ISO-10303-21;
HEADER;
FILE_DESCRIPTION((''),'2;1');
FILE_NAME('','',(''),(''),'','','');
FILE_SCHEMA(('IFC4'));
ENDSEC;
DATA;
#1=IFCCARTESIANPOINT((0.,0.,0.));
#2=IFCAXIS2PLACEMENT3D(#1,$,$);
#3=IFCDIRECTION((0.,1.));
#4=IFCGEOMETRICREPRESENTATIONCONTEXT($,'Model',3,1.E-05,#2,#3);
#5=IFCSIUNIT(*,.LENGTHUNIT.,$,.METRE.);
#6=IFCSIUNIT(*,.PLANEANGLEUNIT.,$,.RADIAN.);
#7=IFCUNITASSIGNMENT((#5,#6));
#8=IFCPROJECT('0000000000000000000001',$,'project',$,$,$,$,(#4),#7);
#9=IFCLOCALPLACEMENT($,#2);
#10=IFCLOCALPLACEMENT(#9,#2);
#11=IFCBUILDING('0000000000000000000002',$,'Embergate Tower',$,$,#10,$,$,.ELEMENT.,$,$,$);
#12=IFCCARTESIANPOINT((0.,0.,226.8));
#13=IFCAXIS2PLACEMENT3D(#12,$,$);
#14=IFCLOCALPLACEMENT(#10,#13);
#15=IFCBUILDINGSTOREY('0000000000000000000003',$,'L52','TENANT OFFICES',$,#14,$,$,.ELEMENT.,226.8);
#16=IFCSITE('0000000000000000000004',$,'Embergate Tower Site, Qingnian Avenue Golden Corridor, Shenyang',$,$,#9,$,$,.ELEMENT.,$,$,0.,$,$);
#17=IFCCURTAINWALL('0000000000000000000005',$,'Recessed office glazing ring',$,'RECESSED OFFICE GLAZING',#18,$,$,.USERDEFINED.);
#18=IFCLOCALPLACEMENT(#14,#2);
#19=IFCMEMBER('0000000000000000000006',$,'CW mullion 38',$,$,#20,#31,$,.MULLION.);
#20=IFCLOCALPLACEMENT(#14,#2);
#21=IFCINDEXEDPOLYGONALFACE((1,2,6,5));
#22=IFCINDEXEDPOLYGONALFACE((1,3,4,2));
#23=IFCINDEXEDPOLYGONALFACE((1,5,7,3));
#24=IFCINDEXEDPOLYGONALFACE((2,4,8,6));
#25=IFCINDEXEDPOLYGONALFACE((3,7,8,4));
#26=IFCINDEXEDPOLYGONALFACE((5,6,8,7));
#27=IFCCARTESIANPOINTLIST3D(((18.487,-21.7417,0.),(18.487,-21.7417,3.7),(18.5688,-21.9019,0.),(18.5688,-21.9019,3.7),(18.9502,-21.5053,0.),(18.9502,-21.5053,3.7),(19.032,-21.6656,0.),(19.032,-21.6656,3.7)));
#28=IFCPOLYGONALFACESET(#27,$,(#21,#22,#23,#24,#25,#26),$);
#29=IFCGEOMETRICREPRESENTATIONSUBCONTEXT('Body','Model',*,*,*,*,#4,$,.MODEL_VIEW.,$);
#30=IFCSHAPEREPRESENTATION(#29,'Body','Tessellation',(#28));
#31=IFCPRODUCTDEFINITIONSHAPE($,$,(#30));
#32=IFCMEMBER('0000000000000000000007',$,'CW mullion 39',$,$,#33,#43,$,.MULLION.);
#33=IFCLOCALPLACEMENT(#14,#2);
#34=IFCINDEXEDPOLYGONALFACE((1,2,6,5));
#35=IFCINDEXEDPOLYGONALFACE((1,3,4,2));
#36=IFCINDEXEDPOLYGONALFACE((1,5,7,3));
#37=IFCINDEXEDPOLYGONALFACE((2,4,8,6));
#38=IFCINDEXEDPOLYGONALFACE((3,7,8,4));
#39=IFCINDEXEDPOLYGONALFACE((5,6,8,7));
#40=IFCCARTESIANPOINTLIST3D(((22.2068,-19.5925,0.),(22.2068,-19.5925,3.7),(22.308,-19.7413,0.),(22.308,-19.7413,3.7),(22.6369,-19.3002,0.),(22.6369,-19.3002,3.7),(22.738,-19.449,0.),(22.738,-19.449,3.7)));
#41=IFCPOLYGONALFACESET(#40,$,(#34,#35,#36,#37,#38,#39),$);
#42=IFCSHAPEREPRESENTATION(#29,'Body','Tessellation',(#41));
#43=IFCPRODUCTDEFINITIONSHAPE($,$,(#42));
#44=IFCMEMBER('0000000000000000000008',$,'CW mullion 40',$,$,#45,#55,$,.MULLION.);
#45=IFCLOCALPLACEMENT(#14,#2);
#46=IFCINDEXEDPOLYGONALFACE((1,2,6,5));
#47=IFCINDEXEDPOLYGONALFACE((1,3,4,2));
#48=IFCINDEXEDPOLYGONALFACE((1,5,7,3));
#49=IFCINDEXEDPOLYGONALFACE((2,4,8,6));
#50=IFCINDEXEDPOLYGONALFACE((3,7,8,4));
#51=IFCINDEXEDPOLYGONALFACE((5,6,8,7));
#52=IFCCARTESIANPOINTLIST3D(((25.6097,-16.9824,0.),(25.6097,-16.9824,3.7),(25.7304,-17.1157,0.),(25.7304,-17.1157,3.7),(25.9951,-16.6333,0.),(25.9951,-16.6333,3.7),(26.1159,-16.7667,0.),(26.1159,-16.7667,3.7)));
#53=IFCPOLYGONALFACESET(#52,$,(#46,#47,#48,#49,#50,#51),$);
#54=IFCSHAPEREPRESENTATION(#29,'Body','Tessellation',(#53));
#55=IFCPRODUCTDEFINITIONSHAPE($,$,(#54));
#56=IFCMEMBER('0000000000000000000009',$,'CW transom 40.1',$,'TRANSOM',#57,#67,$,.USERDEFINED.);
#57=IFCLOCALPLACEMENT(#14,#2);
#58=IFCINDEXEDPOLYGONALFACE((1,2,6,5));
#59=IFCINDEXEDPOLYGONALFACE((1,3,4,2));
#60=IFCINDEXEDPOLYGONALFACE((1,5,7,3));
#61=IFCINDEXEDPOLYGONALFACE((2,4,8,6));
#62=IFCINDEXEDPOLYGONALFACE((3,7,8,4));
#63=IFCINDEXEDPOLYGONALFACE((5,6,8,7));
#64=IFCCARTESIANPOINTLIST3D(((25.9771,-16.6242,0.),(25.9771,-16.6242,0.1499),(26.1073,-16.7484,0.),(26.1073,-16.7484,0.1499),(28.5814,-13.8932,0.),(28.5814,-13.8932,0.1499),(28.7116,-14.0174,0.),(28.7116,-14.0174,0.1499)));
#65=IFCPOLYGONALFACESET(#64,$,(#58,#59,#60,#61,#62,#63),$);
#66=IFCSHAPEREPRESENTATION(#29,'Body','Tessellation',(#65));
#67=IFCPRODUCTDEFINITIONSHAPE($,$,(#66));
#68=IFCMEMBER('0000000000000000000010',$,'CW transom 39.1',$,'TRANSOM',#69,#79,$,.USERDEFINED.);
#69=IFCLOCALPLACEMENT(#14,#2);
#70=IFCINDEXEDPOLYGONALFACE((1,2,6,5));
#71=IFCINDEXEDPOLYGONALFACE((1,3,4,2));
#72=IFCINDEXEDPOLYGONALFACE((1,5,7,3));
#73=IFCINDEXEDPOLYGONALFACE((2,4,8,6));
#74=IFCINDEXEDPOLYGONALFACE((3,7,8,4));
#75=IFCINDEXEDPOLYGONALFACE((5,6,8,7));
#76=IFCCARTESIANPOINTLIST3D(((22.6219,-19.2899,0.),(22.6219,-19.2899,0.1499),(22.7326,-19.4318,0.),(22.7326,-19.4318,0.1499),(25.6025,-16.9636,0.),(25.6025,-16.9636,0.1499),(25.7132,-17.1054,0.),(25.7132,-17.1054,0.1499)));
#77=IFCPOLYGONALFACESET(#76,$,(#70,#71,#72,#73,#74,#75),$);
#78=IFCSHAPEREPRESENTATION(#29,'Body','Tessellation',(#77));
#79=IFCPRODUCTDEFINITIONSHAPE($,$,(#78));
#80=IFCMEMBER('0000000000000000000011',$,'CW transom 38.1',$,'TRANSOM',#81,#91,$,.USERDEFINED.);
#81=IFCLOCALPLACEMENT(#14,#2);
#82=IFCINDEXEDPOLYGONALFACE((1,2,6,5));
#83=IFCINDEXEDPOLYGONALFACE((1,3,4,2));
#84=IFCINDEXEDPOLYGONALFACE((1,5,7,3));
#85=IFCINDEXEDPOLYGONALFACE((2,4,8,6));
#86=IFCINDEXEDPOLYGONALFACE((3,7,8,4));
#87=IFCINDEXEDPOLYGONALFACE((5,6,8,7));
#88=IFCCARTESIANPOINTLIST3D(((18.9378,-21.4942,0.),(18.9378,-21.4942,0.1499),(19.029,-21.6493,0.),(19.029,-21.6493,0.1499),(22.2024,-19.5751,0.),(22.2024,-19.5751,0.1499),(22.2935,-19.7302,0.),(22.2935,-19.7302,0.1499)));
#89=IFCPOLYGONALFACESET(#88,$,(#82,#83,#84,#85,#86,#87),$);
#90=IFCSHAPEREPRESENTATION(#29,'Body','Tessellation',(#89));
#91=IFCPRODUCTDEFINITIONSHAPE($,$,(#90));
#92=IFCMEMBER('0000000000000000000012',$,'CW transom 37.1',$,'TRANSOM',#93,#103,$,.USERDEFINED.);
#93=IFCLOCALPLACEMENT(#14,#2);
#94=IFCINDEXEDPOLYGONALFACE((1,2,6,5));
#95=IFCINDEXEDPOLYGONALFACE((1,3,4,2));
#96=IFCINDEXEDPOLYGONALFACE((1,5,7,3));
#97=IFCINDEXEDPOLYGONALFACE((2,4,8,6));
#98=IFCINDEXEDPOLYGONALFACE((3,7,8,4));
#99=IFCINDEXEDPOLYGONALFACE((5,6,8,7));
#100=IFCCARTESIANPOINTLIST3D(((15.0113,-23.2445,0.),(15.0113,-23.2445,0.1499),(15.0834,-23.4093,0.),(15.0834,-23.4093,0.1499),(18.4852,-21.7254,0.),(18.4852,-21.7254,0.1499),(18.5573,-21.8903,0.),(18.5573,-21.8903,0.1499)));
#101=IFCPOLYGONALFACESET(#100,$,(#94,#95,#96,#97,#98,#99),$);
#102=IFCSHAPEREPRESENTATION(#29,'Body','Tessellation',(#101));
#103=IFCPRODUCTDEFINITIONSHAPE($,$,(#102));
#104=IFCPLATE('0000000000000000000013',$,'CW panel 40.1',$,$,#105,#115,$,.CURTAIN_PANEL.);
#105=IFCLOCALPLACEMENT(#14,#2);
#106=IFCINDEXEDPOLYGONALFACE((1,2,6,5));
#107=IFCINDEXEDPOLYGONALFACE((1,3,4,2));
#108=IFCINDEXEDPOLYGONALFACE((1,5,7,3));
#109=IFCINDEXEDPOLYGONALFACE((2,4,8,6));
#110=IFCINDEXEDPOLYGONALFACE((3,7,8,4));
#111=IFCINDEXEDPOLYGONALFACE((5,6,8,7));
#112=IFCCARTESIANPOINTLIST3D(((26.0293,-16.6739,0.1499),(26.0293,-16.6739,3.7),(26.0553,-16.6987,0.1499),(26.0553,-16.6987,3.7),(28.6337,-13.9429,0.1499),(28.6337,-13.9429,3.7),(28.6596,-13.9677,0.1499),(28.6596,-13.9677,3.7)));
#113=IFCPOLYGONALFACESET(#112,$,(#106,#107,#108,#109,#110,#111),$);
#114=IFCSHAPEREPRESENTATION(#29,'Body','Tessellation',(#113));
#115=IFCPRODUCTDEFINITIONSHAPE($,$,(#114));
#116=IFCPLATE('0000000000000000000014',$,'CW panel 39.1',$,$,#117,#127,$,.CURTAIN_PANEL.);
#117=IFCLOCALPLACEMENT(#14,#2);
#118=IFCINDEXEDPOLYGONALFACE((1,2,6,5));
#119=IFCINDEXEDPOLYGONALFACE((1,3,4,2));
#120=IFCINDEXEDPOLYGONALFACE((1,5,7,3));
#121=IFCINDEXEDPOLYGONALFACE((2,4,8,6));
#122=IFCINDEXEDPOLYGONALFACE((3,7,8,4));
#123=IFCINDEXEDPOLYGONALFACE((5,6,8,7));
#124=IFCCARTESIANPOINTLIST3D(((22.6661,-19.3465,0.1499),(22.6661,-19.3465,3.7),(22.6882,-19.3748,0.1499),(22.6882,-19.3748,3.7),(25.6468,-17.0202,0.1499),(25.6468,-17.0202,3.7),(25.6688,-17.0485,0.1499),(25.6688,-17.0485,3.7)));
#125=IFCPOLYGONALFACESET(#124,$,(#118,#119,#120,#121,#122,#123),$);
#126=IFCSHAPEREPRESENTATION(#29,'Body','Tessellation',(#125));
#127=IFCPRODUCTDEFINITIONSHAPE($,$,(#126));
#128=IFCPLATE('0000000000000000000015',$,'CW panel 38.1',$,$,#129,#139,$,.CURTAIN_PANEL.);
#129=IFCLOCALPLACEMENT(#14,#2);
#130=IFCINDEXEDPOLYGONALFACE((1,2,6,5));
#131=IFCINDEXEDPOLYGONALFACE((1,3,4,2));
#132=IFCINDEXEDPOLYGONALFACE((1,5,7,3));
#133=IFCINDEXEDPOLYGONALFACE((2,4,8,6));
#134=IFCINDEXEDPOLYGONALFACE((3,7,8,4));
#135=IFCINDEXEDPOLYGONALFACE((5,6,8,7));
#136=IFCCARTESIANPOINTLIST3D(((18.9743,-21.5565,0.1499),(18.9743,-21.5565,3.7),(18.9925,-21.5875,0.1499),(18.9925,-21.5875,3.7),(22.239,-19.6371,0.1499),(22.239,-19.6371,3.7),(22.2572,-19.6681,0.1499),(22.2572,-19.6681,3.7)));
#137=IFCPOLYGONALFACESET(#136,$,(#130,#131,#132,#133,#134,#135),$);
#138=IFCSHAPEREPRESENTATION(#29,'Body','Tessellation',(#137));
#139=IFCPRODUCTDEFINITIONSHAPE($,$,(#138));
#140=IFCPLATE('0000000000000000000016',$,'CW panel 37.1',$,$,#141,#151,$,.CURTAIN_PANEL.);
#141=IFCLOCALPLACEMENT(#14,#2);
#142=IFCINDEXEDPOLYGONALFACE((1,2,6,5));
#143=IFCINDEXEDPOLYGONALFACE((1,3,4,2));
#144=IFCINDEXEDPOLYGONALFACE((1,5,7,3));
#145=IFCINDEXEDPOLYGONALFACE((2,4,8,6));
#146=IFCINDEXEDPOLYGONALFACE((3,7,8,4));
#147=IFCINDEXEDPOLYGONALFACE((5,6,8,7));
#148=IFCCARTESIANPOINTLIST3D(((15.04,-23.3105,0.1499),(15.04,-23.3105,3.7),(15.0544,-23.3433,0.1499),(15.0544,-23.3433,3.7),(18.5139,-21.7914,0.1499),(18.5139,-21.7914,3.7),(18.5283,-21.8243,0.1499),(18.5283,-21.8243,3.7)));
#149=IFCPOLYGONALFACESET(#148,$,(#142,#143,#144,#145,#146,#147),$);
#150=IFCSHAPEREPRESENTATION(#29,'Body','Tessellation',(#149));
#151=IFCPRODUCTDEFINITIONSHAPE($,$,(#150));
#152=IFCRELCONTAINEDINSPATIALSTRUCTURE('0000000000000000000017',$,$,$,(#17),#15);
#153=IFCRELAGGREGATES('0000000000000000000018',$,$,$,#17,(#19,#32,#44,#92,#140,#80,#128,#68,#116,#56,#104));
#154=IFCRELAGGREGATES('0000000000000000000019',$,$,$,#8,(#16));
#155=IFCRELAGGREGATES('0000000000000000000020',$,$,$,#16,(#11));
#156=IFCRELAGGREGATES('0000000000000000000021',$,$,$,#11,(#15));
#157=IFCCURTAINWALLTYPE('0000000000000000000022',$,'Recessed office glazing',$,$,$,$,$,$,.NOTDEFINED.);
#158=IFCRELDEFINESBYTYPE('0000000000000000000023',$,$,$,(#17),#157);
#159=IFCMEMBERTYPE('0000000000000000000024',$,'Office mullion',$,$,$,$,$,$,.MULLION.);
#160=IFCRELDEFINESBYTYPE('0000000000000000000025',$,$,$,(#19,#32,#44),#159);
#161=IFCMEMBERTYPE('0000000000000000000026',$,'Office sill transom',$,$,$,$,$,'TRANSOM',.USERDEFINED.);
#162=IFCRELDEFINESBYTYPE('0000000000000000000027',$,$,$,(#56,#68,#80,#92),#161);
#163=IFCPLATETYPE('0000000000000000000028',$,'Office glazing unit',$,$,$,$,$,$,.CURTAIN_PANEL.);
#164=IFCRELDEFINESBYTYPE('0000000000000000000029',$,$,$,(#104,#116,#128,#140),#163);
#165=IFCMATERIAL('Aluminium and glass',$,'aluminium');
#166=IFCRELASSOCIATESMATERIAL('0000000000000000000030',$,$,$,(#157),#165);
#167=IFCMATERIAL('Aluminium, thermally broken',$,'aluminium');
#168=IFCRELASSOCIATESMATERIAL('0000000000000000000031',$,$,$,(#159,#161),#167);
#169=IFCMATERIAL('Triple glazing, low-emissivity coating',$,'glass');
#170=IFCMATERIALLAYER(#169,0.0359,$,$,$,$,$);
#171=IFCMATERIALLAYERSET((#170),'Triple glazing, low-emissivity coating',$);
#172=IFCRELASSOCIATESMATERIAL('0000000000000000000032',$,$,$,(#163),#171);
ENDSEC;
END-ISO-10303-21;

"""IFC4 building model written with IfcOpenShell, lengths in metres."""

from ifc_helpers import new_model, si_unit, direction, frame, origin, origin_2d, place, context, subcontext, project, spatial, rectangle, extrude, source, transform, mapped, material, layer, layer_set, material_profile, profile_set, type_object, element, aggregate, save


model = new_model("IFC4")

# Units and contexts
model_context = context("Model", 3, precision=1e-05, world=origin(), true_north=direction((0.0, 1.0)))
body_context = subcontext(model_context, "Body", "Model", "MODEL_VIEW")
ifc_project = project(units=[si_unit("LENGTHUNIT", "METRE"), si_unit("PLANEANGLEUNIT", "RADIAN")], contexts=[model_context])

# Site, building, storey
site_placement = place(None, origin())
site = spatial("IfcSite", under=ifc_project, at=site_placement, Name="Embergate Tower Site, Qingnian Avenue Golden Corridor, Shenyang", CompositionType="ELEMENT", RefElevation=0.0)
building_placement = place(site_placement, origin())
building = spatial("IfcBuilding", under=site, at=building_placement, Name="Embergate Tower", CompositionType="ELEMENT")
storey_placement = place(building_placement, frame((0.0, 0.0, 226.8)))
storey = spatial("IfcBuildingStorey", under=building, at=storey_placement, Name="L52", Description="TENANT OFFICES", CompositionType="ELEMENT", Elevation=226.8)

# Curtain wall, members, plates
ifc_material_1 = material(Name="Aluminium and glass", Category="aluminium")
curtain_wall_type = type_object("IfcCurtainWallType", Name="Recessed office glazing", PredefinedType="NOTDEFINED", material=ifc_material_1)
curtain_wall_placement = place(storey_placement, origin())
curtain_wall = element("IfcCurtainWall", 1, at=curtain_wall_placement, inside=storey, type_object=curtain_wall_type, Name="Recessed office glazing ring", ObjectType="RECESSED OFFICE GLAZING", PredefinedType="USERDEFINED")
ifc_material_2 = material(Name="Aluminium, thermally broken", Category="aluminium")
ifc_material_profile_1 = material_profile(ifc_material_2, rectangle(XDim=0.1799, YDim=0.52, at=origin_2d()), Name="AL 520x180")
ifc_profile_set_1 = profile_set([ifc_material_profile_1], Name="Aluminium, thermally broken")
member_type_1 = type_object("IfcMemberType", Name="Office mullion", PredefinedType="MULLION", material=ifc_profile_set_1)
shared_shape_1 = source(origin(), body_context, "Body", "SweptSolid", [
    extrude(rectangle(XDim=0.1799, YDim=0.52, at=origin_2d()), origin(), (0.0, 0.0, 1.0), 3.7),
])
member_1_placement = place(storey_placement, frame((18.7595, -21.7036, 0.0), z_axis=(0.0, 0.0, 1.0), x_axis=(-0.454513, 0.89074, 0.0)))
member_1 = element("IfcMember", 2, at=member_1_placement, type_object=member_type_1, Name="CW mullion 38", PredefinedType="MULLION", context=body_context, shape_type="MappedRepresentation", body=[
    mapped(shared_shape_1, transform((0.0, 0.0, 0.0))),
])
member_2_placement = place(storey_placement, frame((22.4724, -19.5208, 0.0), z_axis=(0.0, 0.0, 1.0), x_axis=(-0.562219, 0.826988, 0.0)))
member_2 = element("IfcMember", 3, at=member_2_placement, type_object=member_type_1, Name="CW mullion 39", PredefinedType="MULLION", context=body_context, shape_type="MappedRepresentation", body=[
    mapped(shared_shape_1, transform((0.0, 0.0, 0.0))),
])
member_3_placement = place(storey_placement, frame((25.8628, -16.8745, 0.0), z_axis=(0.0, 0.0, 1.0), x_axis=(-0.671228, 0.741251, 0.0)))
member_3 = element("IfcMember", 4, at=member_3_placement, type_object=member_type_1, Name="CW mullion 40", PredefinedType="MULLION", context=body_context, shape_type="MappedRepresentation", body=[
    mapped(shared_shape_1, transform((0.0, 0.0, 0.0))),
])
ifc_material_profile_2 = material_profile(ifc_material_2, rectangle(XDim=0.1799, YDim=0.1499, at=origin_2d()), Name="AL 150x180")
ifc_profile_set_2 = profile_set([ifc_material_profile_2], Name="Aluminium, thermally broken")
member_type_2 = type_object("IfcMemberType", Name="Office sill transom", ElementType="TRANSOM", PredefinedType="USERDEFINED", material=ifc_profile_set_2)
shared_shape_2 = source(origin(), body_context, "Body", "SweptSolid", [
    extrude(rectangle(XDim=0.1799, YDim=0.1499, at=origin_2d()), origin(), (0.0, 0.0, 1.0), 3.7737),
])
member_4_placement = place(storey_placement, frame((26.0422, -16.6863, 0.075), z_axis=(0.690119, 0.723696, 0.0), x_axis=(-0.723696, 0.690119, 0.0)))
member_4 = element("IfcMember", 5, at=member_4_placement, type_object=member_type_2, Name="CW transom 40.1", ObjectType="TRANSOM", PredefinedType="USERDEFINED", context=body_context, shape_type="MappedRepresentation", body=[
    mapped(shared_shape_2, transform((0.0, 0.0, 0.0))),
])
shared_shape_3 = source(origin(), body_context, "Body", "SweptSolid", [
    extrude(rectangle(XDim=0.1799, YDim=0.1499, at=origin_2d()), origin(), (0.0, 0.0, 1.0), 3.781),
])
member_5_placement = place(storey_placement, frame((22.6772, -19.3608, 0.075), z_axis=(0.788315, 0.615272, 0.0), x_axis=(-0.615272, 0.788315, 0.0)))
member_5 = element("IfcMember", 6, at=member_5_placement, type_object=member_type_2, Name="CW transom 39.1", ObjectType="TRANSOM", PredefinedType="USERDEFINED", context=body_context, shape_type="MappedRepresentation", body=[
    mapped(shared_shape_3, transform((0.0, 0.0, 0.0))),
])
shared_shape_4 = source(origin(), body_context, "Body", "SweptSolid", [
    extrude(rectangle(XDim=0.1799, YDim=0.1499, at=origin_2d()), origin(), (0.0, 0.0, 1.0), 3.7869),
])
member_6_placement = place(storey_placement, frame((18.9834, -21.5718, 0.075), z_axis=(0.862072, 0.506786, 0.0), x_axis=(-0.506786, 0.862072, 0.0)))
member_6 = element("IfcMember", 7, at=member_6_placement, type_object=member_type_2, Name="CW transom 38.1", ObjectType="TRANSOM", PredefinedType="USERDEFINED", context=body_context, shape_type="MappedRepresentation", body=[
    mapped(shared_shape_4, transform((0.0, 0.0, 0.0))),
])
shared_shape_5 = source(origin(), body_context, "Body", "SweptSolid", [
    extrude(rectangle(XDim=0.1799, YDim=0.1499, at=origin_2d()), origin(), (0.0, 0.0, 1.0), 3.7915),
])
member_7_placement = place(storey_placement, frame((15.0474, -23.3269, 0.075), z_axis=(0.916233, 0.400647, 0.0), x_axis=(-0.400647, 0.916233, 0.0)))
member_7 = element("IfcMember", 8, at=member_7_placement, type_object=member_type_2, Name="CW transom 37.1", ObjectType="TRANSOM", PredefinedType="USERDEFINED", context=body_context, shape_type="MappedRepresentation", body=[
    mapped(shared_shape_5, transform((0.0, 0.0, 0.0))),
])
ifc_material_3 = material(Name="Triple glazing, low-emissivity coating", Category="glass")
ifc_layer_1 = layer(ifc_material_3, 0.0359)
ifc_layer_set_1 = layer_set([ifc_layer_1], Name="Triple glazing, low-emissivity coating")
plate_type = type_object("IfcPlateType", Name="Office glazing unit", PredefinedType="CURTAIN_PANEL", material=ifc_layer_set_1)
shared_shape_6 = source(origin(), body_context, "Body", "SweptSolid", [
    extrude(rectangle(XDim=3.7737, YDim=0.0359, at=origin_2d()), origin(), (0.0, 0.0, 1.0), 3.55),
])
plate_1_placement = place(storey_placement, frame((27.3445, -15.3208, 0.1499), z_axis=(0.0, 0.0, 1.0), x_axis=(0.69013, 0.723685, 0.0)))
plate_1 = element("IfcPlate", 9, at=plate_1_placement, type_object=plate_type, Name="CW panel 40.1", PredefinedType="CURTAIN_PANEL", context=body_context, shape_type="MappedRepresentation", body=[
    mapped(shared_shape_6, transform((0.0, 0.0, 0.0))),
])
shared_shape_7 = source(origin(), body_context, "Body", "SweptSolid", [
    extrude(rectangle(XDim=3.781, YDim=0.0359, at=origin_2d()), origin(), (0.0, 0.0, 1.0), 3.55),
])
plate_2_placement = place(storey_placement, frame((24.1675, -18.1975, 0.1499), z_axis=(0.0, 0.0, 1.0), x_axis=(0.788317, 0.615269, 0.0)))
plate_2 = element("IfcPlate", 10, at=plate_2_placement, type_object=plate_type, Name="CW panel 39.1", PredefinedType="CURTAIN_PANEL", context=body_context, shape_type="MappedRepresentation", body=[
    mapped(shared_shape_7, transform((0.0, 0.0, 0.0))),
])
shared_shape_8 = source(origin(), body_context, "Body", "SweptSolid", [
    extrude(rectangle(XDim=3.7871, YDim=0.0359, at=origin_2d()), origin(), (0.0, 0.0, 1.0), 3.55),
])
plate_3_placement = place(storey_placement, frame((20.6157, -20.6123, 0.1499), z_axis=(0.0, 0.0, 1.0), x_axis=(0.862051, 0.506822, 0.0)))
plate_3 = element("IfcPlate", 11, at=plate_3_placement, type_object=plate_type, Name="CW panel 38.1", PredefinedType="CURTAIN_PANEL", context=body_context, shape_type="MappedRepresentation", body=[
    mapped(shared_shape_8, transform((0.0, 0.0, 0.0))),
])
shared_shape_9 = source(origin(), body_context, "Body", "SweptSolid", [
    extrude(rectangle(XDim=3.7915, YDim=0.0359, at=origin_2d()), origin(), (0.0, 0.0, 1.0), 3.55),
])
plate_4_placement = place(storey_placement, frame((16.7842, -22.5674, 0.1499), z_axis=(0.0, 0.0, 1.0), x_axis=(0.916234, 0.400643, 0.0)))
plate_4 = element("IfcPlate", 12, at=plate_4_placement, type_object=plate_type, Name="CW panel 37.1", PredefinedType="CURTAIN_PANEL", context=body_context, shape_type="MappedRepresentation", body=[
    mapped(shared_shape_9, transform((0.0, 0.0, 0.0))),
])
aggregate(curtain_wall, [member_1, member_2, member_3, member_7, plate_4, member_6, plate_3, member_5, plate_2, member_4, plate_1])

save(model, "model.ifc")
